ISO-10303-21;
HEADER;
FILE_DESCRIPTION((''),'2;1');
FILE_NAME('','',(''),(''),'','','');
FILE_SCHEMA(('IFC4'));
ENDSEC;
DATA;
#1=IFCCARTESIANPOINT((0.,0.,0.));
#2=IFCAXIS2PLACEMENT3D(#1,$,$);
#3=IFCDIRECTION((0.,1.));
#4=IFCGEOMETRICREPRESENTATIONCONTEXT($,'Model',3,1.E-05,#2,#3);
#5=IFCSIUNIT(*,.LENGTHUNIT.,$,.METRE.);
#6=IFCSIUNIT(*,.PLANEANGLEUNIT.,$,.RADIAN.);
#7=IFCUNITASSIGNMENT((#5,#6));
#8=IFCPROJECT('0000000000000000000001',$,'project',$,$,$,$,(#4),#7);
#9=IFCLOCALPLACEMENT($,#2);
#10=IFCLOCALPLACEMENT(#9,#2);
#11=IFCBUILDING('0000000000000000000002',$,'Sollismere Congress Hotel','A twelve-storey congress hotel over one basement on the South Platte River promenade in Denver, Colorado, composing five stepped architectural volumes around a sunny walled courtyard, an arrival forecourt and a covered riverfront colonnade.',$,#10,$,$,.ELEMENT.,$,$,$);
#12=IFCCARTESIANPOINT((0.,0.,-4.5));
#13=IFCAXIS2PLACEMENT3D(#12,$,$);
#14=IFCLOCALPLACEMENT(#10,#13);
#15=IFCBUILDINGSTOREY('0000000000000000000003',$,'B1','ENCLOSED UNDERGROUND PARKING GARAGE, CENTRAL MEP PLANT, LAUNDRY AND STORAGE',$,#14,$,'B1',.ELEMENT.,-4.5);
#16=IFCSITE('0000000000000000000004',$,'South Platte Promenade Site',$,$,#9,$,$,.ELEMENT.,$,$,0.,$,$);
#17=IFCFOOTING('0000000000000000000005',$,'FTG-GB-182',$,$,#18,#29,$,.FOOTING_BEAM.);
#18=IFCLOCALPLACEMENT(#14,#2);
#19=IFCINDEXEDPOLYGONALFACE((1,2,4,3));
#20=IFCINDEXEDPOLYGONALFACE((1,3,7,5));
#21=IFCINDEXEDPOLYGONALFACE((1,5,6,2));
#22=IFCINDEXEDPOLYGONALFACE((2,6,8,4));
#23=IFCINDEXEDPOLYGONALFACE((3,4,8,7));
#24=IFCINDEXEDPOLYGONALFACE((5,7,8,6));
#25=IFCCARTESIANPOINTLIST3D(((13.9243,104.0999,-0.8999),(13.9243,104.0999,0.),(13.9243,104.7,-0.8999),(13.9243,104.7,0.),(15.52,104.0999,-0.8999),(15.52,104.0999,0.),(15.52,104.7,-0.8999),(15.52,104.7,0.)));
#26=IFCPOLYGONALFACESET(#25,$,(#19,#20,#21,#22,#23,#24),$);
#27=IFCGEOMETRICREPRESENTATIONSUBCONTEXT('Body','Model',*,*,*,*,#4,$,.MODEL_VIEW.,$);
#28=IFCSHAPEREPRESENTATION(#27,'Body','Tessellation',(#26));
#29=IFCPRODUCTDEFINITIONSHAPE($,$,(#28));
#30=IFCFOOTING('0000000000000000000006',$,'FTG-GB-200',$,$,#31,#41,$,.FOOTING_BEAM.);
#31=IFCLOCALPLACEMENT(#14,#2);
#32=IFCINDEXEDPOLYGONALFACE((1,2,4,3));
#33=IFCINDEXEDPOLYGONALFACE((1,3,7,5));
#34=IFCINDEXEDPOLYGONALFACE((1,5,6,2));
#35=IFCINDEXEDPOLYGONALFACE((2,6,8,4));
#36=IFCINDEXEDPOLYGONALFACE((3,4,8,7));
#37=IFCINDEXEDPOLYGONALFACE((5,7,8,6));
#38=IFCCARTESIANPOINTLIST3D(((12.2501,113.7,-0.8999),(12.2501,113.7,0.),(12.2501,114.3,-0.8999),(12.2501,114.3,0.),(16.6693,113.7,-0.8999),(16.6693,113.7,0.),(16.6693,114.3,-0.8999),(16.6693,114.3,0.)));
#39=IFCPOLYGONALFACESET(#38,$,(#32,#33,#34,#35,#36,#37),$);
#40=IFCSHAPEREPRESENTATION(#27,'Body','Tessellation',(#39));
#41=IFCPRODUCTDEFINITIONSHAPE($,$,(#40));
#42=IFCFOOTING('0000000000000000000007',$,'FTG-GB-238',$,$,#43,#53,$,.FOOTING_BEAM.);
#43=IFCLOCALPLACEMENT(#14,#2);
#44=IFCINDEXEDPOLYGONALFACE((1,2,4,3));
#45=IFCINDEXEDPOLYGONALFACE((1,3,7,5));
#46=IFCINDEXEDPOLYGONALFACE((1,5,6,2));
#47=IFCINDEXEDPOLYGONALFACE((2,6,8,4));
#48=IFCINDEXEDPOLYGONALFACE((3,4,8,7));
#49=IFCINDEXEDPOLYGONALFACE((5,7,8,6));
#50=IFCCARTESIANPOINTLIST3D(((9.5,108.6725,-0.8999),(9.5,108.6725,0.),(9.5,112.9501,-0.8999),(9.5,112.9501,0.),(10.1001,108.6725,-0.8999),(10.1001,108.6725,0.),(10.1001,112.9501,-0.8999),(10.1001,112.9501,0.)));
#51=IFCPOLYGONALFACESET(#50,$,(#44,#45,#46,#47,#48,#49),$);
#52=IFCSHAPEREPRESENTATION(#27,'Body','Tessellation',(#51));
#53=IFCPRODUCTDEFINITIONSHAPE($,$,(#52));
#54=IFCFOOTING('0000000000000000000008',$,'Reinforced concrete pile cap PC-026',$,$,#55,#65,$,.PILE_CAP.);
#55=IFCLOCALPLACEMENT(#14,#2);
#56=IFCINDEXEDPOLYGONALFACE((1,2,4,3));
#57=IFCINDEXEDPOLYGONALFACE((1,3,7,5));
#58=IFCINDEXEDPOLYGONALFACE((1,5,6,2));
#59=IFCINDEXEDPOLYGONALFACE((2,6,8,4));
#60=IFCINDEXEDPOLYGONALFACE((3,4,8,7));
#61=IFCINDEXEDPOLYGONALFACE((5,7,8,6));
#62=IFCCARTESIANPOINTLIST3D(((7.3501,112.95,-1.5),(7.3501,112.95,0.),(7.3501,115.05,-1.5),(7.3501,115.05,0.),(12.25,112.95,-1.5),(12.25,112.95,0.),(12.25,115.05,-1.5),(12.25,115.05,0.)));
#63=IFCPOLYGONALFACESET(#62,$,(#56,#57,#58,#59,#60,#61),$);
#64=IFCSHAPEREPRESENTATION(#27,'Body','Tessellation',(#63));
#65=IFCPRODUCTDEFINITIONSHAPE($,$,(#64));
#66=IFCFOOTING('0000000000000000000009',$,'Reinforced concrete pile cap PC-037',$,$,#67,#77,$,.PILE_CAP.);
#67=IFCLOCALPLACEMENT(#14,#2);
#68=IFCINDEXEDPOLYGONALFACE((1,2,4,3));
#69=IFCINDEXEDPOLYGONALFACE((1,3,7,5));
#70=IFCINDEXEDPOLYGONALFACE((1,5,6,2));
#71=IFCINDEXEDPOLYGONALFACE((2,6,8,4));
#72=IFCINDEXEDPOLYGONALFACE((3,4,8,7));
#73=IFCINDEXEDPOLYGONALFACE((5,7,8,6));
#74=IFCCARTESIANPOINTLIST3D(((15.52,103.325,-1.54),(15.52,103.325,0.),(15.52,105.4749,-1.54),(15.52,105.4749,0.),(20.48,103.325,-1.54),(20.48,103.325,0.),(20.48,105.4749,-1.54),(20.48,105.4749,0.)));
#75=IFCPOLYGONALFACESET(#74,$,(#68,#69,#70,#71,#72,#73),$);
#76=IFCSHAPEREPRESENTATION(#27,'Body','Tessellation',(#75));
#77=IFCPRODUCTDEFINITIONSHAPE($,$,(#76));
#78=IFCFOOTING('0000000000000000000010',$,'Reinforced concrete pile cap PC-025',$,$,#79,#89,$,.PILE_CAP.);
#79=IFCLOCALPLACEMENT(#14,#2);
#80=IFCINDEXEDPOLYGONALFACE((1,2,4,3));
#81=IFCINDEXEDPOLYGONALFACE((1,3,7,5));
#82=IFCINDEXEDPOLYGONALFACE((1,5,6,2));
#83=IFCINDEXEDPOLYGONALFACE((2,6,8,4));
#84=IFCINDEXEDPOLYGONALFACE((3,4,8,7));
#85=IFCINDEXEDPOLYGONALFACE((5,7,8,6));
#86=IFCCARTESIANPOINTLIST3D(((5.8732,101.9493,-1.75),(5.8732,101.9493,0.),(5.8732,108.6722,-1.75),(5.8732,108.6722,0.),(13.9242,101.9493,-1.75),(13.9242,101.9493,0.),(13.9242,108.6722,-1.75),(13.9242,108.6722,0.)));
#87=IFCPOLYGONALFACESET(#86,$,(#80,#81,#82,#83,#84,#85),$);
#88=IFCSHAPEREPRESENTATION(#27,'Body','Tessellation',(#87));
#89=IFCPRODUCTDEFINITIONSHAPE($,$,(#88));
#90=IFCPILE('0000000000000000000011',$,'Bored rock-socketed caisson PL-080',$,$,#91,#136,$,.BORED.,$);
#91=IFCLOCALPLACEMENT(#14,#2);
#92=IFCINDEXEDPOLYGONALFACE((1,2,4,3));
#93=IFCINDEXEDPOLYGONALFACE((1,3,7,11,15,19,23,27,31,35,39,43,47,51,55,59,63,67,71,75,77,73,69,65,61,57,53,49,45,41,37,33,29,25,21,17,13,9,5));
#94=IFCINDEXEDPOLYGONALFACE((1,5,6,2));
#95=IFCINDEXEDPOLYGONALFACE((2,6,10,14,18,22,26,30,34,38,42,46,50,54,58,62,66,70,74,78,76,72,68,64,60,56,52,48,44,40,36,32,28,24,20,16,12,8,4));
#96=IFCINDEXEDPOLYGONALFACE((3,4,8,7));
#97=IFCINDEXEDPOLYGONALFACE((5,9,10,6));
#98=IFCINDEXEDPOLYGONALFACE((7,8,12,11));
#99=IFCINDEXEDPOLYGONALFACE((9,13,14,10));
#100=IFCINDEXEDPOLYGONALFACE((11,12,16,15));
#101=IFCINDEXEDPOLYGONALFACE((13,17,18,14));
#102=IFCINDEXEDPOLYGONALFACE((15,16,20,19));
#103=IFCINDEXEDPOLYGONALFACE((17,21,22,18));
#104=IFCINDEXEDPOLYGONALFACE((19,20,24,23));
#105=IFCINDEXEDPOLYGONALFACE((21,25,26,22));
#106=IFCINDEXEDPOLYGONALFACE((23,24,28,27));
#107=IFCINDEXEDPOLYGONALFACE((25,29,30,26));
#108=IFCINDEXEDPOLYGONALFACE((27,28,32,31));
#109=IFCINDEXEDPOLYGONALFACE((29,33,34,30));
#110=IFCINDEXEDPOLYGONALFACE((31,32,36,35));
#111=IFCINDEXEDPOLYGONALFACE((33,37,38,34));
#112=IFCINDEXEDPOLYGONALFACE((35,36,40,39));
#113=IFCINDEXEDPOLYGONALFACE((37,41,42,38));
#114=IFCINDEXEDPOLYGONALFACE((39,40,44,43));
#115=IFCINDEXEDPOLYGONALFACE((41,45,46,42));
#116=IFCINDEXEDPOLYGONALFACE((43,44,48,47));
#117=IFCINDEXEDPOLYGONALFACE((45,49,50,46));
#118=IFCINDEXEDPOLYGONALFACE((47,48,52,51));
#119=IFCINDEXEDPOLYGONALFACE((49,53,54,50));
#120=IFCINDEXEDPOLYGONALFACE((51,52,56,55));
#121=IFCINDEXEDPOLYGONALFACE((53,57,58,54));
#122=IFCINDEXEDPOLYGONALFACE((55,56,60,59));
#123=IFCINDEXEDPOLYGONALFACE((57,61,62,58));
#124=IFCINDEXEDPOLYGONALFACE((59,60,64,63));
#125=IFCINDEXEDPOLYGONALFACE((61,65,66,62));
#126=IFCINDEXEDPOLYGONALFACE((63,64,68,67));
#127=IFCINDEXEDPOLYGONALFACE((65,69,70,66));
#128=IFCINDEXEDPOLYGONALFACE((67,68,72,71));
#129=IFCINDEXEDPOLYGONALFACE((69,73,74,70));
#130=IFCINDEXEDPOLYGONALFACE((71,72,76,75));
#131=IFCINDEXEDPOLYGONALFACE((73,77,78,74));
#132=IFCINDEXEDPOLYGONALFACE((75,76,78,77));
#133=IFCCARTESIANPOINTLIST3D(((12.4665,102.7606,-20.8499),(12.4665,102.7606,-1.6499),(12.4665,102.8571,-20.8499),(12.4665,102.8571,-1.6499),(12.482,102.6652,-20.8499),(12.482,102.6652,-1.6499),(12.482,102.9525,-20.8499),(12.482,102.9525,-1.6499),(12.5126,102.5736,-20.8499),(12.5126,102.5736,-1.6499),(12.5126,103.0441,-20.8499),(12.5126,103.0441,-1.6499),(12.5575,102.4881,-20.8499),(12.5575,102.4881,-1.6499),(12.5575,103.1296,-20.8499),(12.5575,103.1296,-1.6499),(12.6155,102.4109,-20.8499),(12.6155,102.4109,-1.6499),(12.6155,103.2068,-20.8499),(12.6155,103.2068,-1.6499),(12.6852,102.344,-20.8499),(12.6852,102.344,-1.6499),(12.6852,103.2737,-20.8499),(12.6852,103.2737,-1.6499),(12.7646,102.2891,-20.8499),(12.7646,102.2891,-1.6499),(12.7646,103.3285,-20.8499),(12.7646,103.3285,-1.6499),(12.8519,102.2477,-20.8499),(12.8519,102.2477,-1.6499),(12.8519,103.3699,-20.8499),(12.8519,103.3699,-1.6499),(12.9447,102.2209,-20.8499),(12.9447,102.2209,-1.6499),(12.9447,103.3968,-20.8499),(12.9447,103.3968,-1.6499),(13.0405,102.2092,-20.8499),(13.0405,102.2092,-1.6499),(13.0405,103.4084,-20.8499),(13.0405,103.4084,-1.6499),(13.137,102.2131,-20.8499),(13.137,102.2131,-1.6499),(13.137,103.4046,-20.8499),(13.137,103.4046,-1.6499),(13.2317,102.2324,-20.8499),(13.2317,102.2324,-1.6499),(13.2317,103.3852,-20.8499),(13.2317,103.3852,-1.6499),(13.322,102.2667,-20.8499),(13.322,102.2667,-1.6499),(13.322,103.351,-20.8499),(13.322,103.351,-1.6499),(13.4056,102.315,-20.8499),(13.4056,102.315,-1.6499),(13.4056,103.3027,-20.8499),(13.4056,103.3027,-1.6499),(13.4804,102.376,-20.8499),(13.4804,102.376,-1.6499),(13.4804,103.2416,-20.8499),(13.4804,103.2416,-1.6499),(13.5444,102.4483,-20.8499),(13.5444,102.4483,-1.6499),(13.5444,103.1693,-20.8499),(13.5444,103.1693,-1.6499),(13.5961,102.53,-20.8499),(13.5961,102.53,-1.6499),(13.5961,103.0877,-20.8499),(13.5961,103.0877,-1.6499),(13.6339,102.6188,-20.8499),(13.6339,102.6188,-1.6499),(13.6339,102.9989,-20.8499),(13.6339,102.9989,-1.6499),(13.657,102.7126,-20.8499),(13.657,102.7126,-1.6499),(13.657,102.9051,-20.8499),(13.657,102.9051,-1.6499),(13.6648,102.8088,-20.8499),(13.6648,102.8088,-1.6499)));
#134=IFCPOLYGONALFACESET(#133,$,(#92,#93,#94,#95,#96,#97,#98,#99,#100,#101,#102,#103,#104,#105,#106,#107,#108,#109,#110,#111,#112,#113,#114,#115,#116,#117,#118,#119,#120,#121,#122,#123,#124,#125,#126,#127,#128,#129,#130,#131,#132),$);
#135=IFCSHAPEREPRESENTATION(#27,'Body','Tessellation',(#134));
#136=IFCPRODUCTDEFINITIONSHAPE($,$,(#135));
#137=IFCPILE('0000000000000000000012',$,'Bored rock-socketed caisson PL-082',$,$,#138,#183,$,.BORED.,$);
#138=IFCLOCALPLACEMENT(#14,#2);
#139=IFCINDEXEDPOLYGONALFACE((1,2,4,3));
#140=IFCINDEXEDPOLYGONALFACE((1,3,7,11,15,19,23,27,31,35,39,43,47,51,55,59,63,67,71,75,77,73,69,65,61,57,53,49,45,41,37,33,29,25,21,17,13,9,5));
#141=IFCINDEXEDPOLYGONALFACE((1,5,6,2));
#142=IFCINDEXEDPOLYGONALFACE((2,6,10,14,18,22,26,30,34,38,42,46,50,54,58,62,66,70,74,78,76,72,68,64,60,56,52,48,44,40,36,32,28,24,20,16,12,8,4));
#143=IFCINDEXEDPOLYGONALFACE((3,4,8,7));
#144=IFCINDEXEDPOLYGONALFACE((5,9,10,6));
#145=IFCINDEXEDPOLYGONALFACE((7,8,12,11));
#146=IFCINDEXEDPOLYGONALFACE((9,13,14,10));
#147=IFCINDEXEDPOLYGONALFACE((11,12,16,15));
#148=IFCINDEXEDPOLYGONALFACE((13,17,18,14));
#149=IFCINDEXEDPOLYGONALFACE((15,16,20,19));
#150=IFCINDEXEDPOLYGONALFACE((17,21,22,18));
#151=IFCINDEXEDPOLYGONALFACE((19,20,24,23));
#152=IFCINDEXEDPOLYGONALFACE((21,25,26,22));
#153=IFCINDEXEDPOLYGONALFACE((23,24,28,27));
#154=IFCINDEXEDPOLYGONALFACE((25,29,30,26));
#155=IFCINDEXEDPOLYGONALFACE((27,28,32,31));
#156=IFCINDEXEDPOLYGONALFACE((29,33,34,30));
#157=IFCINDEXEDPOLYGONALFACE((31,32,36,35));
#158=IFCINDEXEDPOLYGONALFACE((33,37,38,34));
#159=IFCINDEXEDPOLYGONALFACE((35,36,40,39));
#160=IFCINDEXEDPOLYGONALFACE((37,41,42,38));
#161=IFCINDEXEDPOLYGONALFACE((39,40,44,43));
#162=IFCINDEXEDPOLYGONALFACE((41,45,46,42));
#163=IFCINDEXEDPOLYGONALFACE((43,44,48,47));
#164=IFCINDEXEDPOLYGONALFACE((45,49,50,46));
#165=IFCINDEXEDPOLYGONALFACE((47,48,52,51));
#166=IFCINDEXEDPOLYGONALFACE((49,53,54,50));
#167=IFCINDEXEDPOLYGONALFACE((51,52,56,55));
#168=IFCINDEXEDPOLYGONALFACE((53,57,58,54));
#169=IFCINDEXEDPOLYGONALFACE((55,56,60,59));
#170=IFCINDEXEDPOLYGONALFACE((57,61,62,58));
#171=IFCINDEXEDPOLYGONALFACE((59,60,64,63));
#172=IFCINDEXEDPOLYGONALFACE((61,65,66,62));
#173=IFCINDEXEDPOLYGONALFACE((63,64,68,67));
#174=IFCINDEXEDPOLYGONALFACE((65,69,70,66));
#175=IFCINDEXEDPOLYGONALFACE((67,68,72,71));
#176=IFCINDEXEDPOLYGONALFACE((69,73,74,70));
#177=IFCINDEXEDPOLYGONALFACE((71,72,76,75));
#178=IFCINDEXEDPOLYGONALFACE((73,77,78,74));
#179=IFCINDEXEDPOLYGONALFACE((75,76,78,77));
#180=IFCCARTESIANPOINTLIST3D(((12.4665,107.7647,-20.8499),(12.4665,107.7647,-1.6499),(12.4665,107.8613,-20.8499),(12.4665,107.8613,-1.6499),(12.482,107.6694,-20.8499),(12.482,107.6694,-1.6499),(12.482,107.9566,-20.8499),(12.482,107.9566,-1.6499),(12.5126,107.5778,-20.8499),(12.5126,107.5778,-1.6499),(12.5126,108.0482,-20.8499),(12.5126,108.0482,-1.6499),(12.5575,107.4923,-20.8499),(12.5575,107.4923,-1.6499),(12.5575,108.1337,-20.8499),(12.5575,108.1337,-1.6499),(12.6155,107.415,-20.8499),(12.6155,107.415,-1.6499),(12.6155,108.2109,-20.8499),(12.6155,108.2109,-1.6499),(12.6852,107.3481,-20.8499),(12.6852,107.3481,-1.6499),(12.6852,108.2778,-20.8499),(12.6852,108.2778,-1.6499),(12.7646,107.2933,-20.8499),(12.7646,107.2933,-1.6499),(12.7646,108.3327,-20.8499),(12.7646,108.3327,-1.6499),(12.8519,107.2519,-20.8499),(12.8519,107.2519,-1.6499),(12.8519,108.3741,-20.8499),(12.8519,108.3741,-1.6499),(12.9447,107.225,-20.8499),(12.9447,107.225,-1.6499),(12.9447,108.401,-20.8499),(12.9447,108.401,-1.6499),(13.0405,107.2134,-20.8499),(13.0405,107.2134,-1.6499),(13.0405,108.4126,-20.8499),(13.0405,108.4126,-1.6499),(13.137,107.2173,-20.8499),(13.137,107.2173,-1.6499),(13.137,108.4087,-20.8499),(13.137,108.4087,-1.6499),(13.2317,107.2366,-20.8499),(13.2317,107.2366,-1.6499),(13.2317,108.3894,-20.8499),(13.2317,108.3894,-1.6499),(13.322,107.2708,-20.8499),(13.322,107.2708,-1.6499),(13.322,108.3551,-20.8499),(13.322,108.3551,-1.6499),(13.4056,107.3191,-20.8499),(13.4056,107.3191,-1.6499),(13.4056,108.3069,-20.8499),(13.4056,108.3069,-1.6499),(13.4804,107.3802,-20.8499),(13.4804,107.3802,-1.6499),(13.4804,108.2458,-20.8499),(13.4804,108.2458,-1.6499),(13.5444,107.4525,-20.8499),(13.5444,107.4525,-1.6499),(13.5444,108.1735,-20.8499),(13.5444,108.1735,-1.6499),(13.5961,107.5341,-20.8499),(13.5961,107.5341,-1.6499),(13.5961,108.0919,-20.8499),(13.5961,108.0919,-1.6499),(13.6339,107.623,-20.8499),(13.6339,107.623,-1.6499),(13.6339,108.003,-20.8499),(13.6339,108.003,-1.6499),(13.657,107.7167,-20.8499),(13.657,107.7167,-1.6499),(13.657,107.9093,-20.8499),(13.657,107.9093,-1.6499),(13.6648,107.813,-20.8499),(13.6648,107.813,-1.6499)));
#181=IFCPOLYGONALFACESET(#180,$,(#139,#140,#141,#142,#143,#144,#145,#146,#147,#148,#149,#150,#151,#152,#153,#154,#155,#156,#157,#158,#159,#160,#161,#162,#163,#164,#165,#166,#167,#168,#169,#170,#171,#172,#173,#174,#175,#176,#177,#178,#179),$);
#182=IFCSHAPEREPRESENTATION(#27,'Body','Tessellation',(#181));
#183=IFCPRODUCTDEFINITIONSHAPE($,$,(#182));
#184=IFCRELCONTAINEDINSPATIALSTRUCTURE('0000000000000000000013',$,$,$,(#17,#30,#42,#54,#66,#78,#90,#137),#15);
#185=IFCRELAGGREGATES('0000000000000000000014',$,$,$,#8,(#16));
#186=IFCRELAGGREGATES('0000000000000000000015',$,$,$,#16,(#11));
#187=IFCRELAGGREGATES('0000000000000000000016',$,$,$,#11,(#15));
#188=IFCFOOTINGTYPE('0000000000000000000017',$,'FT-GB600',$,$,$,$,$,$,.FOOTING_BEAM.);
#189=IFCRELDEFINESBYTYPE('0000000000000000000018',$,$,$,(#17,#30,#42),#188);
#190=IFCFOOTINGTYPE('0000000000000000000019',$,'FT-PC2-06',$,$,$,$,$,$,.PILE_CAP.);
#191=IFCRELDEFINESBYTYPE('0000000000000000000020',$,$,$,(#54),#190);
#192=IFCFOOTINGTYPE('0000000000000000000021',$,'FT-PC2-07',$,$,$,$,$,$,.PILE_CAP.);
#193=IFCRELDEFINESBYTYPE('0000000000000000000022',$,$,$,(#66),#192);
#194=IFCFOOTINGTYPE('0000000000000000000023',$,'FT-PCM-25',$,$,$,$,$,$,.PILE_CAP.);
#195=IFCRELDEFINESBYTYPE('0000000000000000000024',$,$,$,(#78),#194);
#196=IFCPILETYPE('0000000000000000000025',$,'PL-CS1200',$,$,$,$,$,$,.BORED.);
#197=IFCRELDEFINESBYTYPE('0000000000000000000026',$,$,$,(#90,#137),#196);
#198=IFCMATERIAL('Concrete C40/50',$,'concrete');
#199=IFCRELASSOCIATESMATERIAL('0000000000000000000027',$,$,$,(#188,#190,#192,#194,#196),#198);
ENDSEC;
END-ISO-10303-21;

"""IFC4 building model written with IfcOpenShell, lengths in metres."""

from ifc_helpers import new_model, si_unit, direction, frame, origin, origin_2d, place, context, subcontext, project, spatial, rectangle, circle, extrude, material, material_profile, profile_set, type_object, element, save


model = new_model("IFC4")

# Units and contexts
model_context = context("Model", 3, precision=1e-05, world=origin(), true_north=direction((0.0, 1.0)))
body_context = subcontext(model_context, "Body", "Model", "MODEL_VIEW")
ifc_project = project(units=[si_unit("LENGTHUNIT", "METRE"), si_unit("PLANEANGLEUNIT", "RADIAN")], contexts=[model_context])

# Site, building, storey
site_placement = place(None, origin())
site = spatial("IfcSite", under=ifc_project, at=site_placement, Name="South Platte Promenade Site", CompositionType="ELEMENT", RefElevation=0.0)
building_placement = place(site_placement, origin())
building = spatial("IfcBuilding", under=site, at=building_placement, Name="Sollismere Congress Hotel", Description="A twelve-storey congress hotel over one basement on the South Platte River promenade in Denver, Colorado, composing five stepped architectural volumes around a sunny walled courtyard, an arrival forecourt and a covered riverfront colonnade.", CompositionType="ELEMENT")
storey_placement = place(building_placement, frame((0.0, 0.0, -4.5)))
storey = spatial("IfcBuildingStorey", under=building, at=storey_placement, Name="B1", Description="ENCLOSED UNDERGROUND PARKING GARAGE, CENTRAL MEP PLANT, LAUNDRY AND STORAGE", LongName="B1", CompositionType="ELEMENT", Elevation=-4.5)

# Footings
ifc_material_1 = material(Name="Concrete C40/50", Category="concrete")
footing_type_1 = type_object("IfcFootingType", Name="FT-GB600", PredefinedType="FOOTING_BEAM", material=ifc_material_1)
footing_1_placement = place(storey_placement, frame((14.7222, 104.3999, -0.8999), z_axis=(0.0, 0.0, 1.0), x_axis=(1.0, 0.0, 0.0)))
element("IfcFooting", 1, at=footing_1_placement, inside=storey, type_object=footing_type_1, Name="FTG-GB-182", PredefinedType="FOOTING_BEAM", context=body_context, shape_type="SweptSolid", body=[
    extrude(rectangle(XDim=1.5957, YDim=0.6001, at=origin_2d()), origin(), (0.0, 0.0, 1.0), 0.8999),
])
footing_2_placement = place(storey_placement, frame((14.4597, 114.0, -0.8999), z_axis=(0.0, 0.0, 1.0), x_axis=(1.0, 0.0, 0.0)))
element("IfcFooting", 2, at=footing_2_placement, inside=storey, type_object=footing_type_1, Name="FTG-GB-200", PredefinedType="FOOTING_BEAM", context=body_context, shape_type="SweptSolid", body=[
    extrude(rectangle(XDim=4.4192, YDim=0.6001, at=origin_2d()), origin(), (0.0, 0.0, 1.0), 0.8999),
])
footing_3_placement = place(storey_placement, frame((9.8, 110.8113, -0.8999), z_axis=(0.0, 0.0, 1.0), x_axis=(0.0, 1.0, 0.0)))
element("IfcFooting", 3, at=footing_3_placement, inside=storey, type_object=footing_type_1, Name="FTG-GB-238", PredefinedType="FOOTING_BEAM", context=body_context, shape_type="SweptSolid", body=[
    extrude(rectangle(XDim=4.2776, YDim=0.6001, at=origin_2d()), origin(), (0.0, 0.0, 1.0), 0.8999),
])
footing_type_2 = type_object("IfcFootingType", Name="FT-PC2-06", PredefinedType="PILE_CAP", material=ifc_material_1)
footing_4_placement = place(storey_placement, frame((9.8, 114.0, -1.5), z_axis=(0.0, 0.0, 1.0), x_axis=(1.0, 0.0, 0.0)))
element("IfcFooting", 4, at=footing_4_placement, inside=storey, type_object=footing_type_2, Name="Reinforced concrete pile cap PC-026", PredefinedType="PILE_CAP", context=body_context, shape_type="SweptSolid", body=[
    extrude(rectangle(XDim=4.8999, YDim=2.1001, at=origin_2d()), origin(), (0.0, 0.0, 1.0), 1.5),
])
footing_type_3 = type_object("IfcFootingType", Name="FT-PC2-07", PredefinedType="PILE_CAP", material=ifc_material_1)
footing_5_placement = place(storey_placement, frame((18.0, 104.3999, -1.54), z_axis=(0.0, 0.0, 1.0), x_axis=(1.0, 0.0, 0.0)))
element("IfcFooting", 5, at=footing_5_placement, inside=storey, type_object=footing_type_3, Name="Reinforced concrete pile cap PC-037", PredefinedType="PILE_CAP", context=body_context, shape_type="SweptSolid", body=[
    extrude(rectangle(XDim=4.96, YDim=2.1499, at=origin_2d()), origin(), (0.0, 0.0, 1.0), 1.54),
])
footing_type_4 = type_object("IfcFootingType", Name="FT-PCM-25", PredefinedType="PILE_CAP", material=ifc_material_1)
footing_6_placement = place(storey_placement, frame((9.8987, 105.3108, -1.75), z_axis=(0.0, 0.0, 1.0), x_axis=(1.0, 0.0, 0.0)))
element("IfcFooting", 6, at=footing_6_placement, inside=storey, type_object=footing_type_4, Name="Reinforced concrete pile cap PC-025", PredefinedType="PILE_CAP", context=body_context, shape_type="SweptSolid", body=[
    extrude(rectangle(XDim=8.051, YDim=6.7229, at=origin_2d()), origin(), (0.0, 0.0, 1.0), 1.75),
])

# Piles
ifc_material_profile_1 = material_profile(ifc_material_1, circle(Radius=0.6001, at=origin_2d()), Name="CAISSON1200")
ifc_profile_set_1 = profile_set([ifc_material_profile_1], Name="Concrete C40/50")
pile_type = type_object("IfcPileType", Name="PL-CS1200", PredefinedType="BORED", material=ifc_profile_set_1)
for number, where, z_axis, x_axis, name in (
    (7, (13.0647, 102.8088, -1.6499), (0.0, 0.0, -1.0), (1.0, 0.0, 0.0), "Bored rock-socketed caisson PL-080"),
    (8, (13.0647, 107.813, -1.6499), (0.0, 0.0, -1.0), (1.0, 0.0, 0.0), "Bored rock-socketed caisson PL-082"),
):
    element("IfcPile", number, at=place(storey_placement, frame(where, z_axis=z_axis, x_axis=x_axis)), inside=storey, type_object=pile_type, Name=name, PredefinedType="BORED", context=body_context, shape_type="SweptSolid", body=[
        extrude(circle(Radius=0.6001, at=origin_2d()), origin(), (0.0, 0.0, 1.0), 19.2),
    ])

save(model, "model.ifc")
